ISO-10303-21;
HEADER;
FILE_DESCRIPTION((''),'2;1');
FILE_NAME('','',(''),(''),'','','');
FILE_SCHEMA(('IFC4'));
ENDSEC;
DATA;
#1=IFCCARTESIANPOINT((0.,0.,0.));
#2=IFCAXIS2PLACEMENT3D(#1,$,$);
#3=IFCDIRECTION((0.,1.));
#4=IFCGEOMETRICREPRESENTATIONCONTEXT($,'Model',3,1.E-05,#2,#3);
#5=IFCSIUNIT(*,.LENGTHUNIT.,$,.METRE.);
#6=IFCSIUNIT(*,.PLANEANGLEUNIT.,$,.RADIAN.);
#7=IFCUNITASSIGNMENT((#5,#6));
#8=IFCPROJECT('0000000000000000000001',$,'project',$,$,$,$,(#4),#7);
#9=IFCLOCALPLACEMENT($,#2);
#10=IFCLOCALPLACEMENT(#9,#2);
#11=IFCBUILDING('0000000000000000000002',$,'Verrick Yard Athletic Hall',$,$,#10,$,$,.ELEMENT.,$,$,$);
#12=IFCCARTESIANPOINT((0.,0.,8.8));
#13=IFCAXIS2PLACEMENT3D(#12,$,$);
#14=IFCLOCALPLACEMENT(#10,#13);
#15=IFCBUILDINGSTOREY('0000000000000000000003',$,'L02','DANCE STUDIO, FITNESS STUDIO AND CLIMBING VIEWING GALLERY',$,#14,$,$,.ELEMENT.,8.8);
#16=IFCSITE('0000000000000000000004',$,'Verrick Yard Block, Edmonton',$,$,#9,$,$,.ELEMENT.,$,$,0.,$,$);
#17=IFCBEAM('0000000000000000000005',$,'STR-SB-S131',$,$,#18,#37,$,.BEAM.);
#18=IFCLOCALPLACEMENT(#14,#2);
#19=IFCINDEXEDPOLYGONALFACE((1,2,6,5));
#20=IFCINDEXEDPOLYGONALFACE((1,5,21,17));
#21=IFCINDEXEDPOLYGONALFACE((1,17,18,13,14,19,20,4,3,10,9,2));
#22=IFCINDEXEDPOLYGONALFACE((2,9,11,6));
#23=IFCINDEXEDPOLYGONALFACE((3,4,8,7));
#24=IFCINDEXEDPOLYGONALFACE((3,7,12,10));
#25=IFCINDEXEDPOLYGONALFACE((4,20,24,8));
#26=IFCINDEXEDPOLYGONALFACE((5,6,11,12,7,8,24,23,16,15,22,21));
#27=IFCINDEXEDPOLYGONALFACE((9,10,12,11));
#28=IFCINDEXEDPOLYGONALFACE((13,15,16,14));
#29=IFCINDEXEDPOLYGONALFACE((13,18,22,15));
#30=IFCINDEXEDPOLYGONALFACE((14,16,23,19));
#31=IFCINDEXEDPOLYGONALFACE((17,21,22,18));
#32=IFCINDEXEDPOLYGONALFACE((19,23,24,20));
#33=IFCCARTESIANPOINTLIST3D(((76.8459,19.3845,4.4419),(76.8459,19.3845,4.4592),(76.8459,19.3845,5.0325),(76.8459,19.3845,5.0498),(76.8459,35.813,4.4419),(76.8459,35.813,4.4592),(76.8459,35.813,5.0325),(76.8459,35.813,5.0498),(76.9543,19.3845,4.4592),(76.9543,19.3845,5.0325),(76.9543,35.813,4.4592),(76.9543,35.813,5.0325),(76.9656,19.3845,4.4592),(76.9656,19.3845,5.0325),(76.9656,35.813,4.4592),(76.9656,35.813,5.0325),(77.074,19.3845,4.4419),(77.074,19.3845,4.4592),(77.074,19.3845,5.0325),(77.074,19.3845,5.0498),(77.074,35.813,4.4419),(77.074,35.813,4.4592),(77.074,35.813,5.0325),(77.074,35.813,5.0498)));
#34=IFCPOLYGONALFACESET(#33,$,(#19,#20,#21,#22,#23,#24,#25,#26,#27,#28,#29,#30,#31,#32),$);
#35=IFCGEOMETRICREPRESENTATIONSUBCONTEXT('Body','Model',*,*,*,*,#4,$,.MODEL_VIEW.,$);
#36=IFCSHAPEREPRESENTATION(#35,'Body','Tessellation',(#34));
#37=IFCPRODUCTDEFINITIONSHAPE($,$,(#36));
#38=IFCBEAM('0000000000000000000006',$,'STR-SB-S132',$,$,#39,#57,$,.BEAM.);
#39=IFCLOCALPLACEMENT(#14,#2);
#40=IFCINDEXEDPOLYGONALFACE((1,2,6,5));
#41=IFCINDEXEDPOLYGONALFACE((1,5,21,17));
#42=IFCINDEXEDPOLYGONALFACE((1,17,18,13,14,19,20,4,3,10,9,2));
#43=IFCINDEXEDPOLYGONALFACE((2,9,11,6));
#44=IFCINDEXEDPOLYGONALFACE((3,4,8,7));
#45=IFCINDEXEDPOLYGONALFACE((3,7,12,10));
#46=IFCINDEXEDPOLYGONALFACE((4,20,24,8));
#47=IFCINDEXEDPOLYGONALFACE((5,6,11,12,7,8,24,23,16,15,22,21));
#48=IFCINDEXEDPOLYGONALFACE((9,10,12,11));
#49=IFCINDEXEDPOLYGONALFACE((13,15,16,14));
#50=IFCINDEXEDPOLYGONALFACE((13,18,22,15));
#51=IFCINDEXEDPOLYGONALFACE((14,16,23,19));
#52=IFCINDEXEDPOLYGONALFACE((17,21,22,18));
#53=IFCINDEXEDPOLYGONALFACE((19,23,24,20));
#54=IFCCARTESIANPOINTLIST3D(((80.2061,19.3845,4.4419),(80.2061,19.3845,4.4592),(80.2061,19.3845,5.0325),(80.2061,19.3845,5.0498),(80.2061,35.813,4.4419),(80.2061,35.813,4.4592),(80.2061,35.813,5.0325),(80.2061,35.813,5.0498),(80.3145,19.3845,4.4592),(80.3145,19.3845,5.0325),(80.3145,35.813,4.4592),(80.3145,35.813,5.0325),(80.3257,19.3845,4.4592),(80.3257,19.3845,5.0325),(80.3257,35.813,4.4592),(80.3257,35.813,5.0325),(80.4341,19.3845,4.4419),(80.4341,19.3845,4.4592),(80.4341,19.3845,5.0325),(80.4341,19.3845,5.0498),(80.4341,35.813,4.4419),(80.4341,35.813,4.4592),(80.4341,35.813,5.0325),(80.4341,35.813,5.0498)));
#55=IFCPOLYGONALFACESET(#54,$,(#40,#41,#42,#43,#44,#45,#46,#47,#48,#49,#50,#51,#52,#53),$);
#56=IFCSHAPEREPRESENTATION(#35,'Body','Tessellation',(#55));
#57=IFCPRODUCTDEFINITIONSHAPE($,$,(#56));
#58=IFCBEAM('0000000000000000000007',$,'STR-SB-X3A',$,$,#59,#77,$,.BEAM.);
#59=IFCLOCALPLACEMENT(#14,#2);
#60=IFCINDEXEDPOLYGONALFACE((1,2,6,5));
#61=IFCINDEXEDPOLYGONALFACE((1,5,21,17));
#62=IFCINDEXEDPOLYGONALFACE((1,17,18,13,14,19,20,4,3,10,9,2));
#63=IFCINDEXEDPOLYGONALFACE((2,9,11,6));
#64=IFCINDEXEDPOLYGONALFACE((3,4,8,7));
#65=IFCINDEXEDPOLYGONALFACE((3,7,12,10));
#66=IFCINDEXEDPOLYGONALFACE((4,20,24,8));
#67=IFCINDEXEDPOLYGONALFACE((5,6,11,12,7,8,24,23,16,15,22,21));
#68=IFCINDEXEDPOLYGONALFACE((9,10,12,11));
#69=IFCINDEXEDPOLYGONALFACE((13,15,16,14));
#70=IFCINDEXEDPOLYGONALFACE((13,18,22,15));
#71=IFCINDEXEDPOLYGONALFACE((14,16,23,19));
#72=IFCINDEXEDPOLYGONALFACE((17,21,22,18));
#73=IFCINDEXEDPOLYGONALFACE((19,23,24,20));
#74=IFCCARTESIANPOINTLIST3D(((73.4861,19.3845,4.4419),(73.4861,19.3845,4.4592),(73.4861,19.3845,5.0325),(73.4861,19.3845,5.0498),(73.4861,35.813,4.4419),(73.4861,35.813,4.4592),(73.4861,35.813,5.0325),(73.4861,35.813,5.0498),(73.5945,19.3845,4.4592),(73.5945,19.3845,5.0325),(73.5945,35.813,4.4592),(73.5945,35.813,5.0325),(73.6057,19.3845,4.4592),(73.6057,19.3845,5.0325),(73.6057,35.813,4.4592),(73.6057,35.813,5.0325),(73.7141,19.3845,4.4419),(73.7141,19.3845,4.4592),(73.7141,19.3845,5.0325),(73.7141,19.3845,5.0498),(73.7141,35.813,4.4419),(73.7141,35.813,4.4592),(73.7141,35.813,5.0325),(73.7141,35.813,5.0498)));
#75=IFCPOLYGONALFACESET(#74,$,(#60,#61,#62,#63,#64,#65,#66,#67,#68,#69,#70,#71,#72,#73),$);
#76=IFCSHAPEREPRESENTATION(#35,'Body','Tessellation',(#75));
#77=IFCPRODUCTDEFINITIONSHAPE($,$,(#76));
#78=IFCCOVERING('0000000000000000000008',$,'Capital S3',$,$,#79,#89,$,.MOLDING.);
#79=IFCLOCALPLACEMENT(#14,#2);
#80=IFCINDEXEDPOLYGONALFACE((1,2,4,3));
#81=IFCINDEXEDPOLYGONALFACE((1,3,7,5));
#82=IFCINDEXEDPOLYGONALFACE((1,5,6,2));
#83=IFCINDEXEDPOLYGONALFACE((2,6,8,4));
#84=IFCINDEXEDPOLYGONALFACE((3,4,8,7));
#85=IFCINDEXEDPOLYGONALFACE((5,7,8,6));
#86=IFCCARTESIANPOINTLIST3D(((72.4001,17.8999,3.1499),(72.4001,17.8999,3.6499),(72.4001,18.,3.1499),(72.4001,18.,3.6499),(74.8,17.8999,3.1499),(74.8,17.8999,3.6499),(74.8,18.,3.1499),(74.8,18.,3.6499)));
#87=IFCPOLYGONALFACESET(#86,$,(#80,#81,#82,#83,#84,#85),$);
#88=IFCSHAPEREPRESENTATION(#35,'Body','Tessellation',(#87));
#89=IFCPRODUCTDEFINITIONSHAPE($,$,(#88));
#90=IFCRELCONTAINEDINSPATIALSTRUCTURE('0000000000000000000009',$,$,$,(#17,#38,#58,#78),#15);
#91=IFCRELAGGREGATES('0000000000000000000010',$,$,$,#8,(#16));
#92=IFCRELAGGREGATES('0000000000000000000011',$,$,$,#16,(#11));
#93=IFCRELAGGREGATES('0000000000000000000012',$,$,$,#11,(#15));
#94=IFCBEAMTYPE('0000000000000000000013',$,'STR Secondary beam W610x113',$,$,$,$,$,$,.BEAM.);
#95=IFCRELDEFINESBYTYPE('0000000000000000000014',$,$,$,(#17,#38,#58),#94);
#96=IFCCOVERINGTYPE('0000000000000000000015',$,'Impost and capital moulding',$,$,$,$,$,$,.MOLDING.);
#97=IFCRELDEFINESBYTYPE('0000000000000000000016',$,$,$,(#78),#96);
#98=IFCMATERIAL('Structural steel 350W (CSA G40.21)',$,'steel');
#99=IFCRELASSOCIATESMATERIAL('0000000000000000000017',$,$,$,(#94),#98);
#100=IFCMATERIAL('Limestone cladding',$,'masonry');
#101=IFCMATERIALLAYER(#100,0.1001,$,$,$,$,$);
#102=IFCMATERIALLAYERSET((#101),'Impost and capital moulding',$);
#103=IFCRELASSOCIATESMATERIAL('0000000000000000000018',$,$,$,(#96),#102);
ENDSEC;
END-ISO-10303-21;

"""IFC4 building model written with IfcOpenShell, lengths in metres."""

from ifc_helpers import new_model, si_unit, direction, frame, origin, origin_2d, place, context, subcontext, project, spatial, rectangle, i_section, extrude, material, layer, layer_set, material_profile, profile_set, type_object, element, save


model = new_model("IFC4")

# Units and contexts
model_context = context("Model", 3, precision=1e-05, world=origin(), true_north=direction((0.0, 1.0)))
body_context = subcontext(model_context, "Body", "Model", "MODEL_VIEW")
ifc_project = project(units=[si_unit("LENGTHUNIT", "METRE"), si_unit("PLANEANGLEUNIT", "RADIAN")], contexts=[model_context])

# Site, building, storey
site_placement = place(None, origin())
site = spatial("IfcSite", under=ifc_project, at=site_placement, Name="Verrick Yard Block, Edmonton", CompositionType="ELEMENT", RefElevation=0.0)
building_placement = place(site_placement, origin())
building = spatial("IfcBuilding", under=site, at=building_placement, Name="Verrick Yard Athletic Hall", CompositionType="ELEMENT")
storey_placement = place(building_placement, frame((0.0, 0.0, 8.8)))
storey = spatial("IfcBuildingStorey", under=building, at=storey_placement, Name="L02", Description="DANCE STUDIO, FITNESS STUDIO AND CLIMBING VIEWING GALLERY", CompositionType="ELEMENT", Elevation=8.8)

# Shared definitions
ifc_material_1 = material(Name="Structural steel 350W (CSA G40.21)", Category="steel")

# Beams
ifc_material_profile_1 = material_profile(ifc_material_1, i_section(OverallWidth=0.228, OverallDepth=0.6079, WebThickness=0.0112, FlangeThickness=0.0173, at=origin_2d()), Name="W610x113")
ifc_profile_set_1 = profile_set([ifc_material_profile_1], Name="Structural steel 350W (CSA G40.21)")
beam_type = type_object("IfcBeamType", Name="STR Secondary beam W610x113", PredefinedType="BEAM", material=ifc_profile_set_1)
for number, where, z_axis, x_axis, name in (
    (1, (76.96, 19.3845, 4.7458), (0.0, 1.0, 0.0), (-1.0, 0.0, 0.0), "STR-SB-S131"),
    (2, (80.3201, 19.3845, 4.7458), (0.0, 1.0, 0.0), (-1.0, 0.0, 0.0), "STR-SB-S132"),
    (3, (73.6001, 19.3845, 4.7458), (0.0, 1.0, 0.0), (-1.0, 0.0, 0.0), "STR-SB-X3A"),
):
    element("IfcBeam", number, at=place(storey_placement, frame(where, z_axis=z_axis, x_axis=x_axis)), inside=storey, type_object=beam_type, Name=name, PredefinedType="BEAM", context=body_context, shape_type="SweptSolid", body=[
        extrude(i_section(OverallWidth=0.228, OverallDepth=0.6079, WebThickness=0.0112, FlangeThickness=0.0173, at=origin_2d()), origin(), (0.0, 0.0, 1.0), 16.4285),
    ])

# Covering
ifc_material_2 = material(Name="Limestone cladding", Category="masonry")
ifc_layer = layer(ifc_material_2, 0.1001)
ifc_layer_set = layer_set([ifc_layer], Name="Impost and capital moulding")
covering_type = type_object("IfcCoveringType", Name="Impost and capital moulding", PredefinedType="MOLDING", material=ifc_layer_set)
covering_placement = place(storey_placement, frame((73.6001, 17.95, 3.1499), z_axis=(0.0, 0.0, 1.0), x_axis=(1.0, 0.0, 0.0)))
element("IfcCovering", 4, at=covering_placement, inside=storey, type_object=covering_type, Name="Capital S3", PredefinedType="MOLDING", context=body_context, shape_type="SweptSolid", body=[
    extrude(rectangle(XDim=2.3999, YDim=0.1001, at=origin_2d()), origin(), (0.0, 0.0, 1.0), 0.5),
])

save(model, "model.ifc")
